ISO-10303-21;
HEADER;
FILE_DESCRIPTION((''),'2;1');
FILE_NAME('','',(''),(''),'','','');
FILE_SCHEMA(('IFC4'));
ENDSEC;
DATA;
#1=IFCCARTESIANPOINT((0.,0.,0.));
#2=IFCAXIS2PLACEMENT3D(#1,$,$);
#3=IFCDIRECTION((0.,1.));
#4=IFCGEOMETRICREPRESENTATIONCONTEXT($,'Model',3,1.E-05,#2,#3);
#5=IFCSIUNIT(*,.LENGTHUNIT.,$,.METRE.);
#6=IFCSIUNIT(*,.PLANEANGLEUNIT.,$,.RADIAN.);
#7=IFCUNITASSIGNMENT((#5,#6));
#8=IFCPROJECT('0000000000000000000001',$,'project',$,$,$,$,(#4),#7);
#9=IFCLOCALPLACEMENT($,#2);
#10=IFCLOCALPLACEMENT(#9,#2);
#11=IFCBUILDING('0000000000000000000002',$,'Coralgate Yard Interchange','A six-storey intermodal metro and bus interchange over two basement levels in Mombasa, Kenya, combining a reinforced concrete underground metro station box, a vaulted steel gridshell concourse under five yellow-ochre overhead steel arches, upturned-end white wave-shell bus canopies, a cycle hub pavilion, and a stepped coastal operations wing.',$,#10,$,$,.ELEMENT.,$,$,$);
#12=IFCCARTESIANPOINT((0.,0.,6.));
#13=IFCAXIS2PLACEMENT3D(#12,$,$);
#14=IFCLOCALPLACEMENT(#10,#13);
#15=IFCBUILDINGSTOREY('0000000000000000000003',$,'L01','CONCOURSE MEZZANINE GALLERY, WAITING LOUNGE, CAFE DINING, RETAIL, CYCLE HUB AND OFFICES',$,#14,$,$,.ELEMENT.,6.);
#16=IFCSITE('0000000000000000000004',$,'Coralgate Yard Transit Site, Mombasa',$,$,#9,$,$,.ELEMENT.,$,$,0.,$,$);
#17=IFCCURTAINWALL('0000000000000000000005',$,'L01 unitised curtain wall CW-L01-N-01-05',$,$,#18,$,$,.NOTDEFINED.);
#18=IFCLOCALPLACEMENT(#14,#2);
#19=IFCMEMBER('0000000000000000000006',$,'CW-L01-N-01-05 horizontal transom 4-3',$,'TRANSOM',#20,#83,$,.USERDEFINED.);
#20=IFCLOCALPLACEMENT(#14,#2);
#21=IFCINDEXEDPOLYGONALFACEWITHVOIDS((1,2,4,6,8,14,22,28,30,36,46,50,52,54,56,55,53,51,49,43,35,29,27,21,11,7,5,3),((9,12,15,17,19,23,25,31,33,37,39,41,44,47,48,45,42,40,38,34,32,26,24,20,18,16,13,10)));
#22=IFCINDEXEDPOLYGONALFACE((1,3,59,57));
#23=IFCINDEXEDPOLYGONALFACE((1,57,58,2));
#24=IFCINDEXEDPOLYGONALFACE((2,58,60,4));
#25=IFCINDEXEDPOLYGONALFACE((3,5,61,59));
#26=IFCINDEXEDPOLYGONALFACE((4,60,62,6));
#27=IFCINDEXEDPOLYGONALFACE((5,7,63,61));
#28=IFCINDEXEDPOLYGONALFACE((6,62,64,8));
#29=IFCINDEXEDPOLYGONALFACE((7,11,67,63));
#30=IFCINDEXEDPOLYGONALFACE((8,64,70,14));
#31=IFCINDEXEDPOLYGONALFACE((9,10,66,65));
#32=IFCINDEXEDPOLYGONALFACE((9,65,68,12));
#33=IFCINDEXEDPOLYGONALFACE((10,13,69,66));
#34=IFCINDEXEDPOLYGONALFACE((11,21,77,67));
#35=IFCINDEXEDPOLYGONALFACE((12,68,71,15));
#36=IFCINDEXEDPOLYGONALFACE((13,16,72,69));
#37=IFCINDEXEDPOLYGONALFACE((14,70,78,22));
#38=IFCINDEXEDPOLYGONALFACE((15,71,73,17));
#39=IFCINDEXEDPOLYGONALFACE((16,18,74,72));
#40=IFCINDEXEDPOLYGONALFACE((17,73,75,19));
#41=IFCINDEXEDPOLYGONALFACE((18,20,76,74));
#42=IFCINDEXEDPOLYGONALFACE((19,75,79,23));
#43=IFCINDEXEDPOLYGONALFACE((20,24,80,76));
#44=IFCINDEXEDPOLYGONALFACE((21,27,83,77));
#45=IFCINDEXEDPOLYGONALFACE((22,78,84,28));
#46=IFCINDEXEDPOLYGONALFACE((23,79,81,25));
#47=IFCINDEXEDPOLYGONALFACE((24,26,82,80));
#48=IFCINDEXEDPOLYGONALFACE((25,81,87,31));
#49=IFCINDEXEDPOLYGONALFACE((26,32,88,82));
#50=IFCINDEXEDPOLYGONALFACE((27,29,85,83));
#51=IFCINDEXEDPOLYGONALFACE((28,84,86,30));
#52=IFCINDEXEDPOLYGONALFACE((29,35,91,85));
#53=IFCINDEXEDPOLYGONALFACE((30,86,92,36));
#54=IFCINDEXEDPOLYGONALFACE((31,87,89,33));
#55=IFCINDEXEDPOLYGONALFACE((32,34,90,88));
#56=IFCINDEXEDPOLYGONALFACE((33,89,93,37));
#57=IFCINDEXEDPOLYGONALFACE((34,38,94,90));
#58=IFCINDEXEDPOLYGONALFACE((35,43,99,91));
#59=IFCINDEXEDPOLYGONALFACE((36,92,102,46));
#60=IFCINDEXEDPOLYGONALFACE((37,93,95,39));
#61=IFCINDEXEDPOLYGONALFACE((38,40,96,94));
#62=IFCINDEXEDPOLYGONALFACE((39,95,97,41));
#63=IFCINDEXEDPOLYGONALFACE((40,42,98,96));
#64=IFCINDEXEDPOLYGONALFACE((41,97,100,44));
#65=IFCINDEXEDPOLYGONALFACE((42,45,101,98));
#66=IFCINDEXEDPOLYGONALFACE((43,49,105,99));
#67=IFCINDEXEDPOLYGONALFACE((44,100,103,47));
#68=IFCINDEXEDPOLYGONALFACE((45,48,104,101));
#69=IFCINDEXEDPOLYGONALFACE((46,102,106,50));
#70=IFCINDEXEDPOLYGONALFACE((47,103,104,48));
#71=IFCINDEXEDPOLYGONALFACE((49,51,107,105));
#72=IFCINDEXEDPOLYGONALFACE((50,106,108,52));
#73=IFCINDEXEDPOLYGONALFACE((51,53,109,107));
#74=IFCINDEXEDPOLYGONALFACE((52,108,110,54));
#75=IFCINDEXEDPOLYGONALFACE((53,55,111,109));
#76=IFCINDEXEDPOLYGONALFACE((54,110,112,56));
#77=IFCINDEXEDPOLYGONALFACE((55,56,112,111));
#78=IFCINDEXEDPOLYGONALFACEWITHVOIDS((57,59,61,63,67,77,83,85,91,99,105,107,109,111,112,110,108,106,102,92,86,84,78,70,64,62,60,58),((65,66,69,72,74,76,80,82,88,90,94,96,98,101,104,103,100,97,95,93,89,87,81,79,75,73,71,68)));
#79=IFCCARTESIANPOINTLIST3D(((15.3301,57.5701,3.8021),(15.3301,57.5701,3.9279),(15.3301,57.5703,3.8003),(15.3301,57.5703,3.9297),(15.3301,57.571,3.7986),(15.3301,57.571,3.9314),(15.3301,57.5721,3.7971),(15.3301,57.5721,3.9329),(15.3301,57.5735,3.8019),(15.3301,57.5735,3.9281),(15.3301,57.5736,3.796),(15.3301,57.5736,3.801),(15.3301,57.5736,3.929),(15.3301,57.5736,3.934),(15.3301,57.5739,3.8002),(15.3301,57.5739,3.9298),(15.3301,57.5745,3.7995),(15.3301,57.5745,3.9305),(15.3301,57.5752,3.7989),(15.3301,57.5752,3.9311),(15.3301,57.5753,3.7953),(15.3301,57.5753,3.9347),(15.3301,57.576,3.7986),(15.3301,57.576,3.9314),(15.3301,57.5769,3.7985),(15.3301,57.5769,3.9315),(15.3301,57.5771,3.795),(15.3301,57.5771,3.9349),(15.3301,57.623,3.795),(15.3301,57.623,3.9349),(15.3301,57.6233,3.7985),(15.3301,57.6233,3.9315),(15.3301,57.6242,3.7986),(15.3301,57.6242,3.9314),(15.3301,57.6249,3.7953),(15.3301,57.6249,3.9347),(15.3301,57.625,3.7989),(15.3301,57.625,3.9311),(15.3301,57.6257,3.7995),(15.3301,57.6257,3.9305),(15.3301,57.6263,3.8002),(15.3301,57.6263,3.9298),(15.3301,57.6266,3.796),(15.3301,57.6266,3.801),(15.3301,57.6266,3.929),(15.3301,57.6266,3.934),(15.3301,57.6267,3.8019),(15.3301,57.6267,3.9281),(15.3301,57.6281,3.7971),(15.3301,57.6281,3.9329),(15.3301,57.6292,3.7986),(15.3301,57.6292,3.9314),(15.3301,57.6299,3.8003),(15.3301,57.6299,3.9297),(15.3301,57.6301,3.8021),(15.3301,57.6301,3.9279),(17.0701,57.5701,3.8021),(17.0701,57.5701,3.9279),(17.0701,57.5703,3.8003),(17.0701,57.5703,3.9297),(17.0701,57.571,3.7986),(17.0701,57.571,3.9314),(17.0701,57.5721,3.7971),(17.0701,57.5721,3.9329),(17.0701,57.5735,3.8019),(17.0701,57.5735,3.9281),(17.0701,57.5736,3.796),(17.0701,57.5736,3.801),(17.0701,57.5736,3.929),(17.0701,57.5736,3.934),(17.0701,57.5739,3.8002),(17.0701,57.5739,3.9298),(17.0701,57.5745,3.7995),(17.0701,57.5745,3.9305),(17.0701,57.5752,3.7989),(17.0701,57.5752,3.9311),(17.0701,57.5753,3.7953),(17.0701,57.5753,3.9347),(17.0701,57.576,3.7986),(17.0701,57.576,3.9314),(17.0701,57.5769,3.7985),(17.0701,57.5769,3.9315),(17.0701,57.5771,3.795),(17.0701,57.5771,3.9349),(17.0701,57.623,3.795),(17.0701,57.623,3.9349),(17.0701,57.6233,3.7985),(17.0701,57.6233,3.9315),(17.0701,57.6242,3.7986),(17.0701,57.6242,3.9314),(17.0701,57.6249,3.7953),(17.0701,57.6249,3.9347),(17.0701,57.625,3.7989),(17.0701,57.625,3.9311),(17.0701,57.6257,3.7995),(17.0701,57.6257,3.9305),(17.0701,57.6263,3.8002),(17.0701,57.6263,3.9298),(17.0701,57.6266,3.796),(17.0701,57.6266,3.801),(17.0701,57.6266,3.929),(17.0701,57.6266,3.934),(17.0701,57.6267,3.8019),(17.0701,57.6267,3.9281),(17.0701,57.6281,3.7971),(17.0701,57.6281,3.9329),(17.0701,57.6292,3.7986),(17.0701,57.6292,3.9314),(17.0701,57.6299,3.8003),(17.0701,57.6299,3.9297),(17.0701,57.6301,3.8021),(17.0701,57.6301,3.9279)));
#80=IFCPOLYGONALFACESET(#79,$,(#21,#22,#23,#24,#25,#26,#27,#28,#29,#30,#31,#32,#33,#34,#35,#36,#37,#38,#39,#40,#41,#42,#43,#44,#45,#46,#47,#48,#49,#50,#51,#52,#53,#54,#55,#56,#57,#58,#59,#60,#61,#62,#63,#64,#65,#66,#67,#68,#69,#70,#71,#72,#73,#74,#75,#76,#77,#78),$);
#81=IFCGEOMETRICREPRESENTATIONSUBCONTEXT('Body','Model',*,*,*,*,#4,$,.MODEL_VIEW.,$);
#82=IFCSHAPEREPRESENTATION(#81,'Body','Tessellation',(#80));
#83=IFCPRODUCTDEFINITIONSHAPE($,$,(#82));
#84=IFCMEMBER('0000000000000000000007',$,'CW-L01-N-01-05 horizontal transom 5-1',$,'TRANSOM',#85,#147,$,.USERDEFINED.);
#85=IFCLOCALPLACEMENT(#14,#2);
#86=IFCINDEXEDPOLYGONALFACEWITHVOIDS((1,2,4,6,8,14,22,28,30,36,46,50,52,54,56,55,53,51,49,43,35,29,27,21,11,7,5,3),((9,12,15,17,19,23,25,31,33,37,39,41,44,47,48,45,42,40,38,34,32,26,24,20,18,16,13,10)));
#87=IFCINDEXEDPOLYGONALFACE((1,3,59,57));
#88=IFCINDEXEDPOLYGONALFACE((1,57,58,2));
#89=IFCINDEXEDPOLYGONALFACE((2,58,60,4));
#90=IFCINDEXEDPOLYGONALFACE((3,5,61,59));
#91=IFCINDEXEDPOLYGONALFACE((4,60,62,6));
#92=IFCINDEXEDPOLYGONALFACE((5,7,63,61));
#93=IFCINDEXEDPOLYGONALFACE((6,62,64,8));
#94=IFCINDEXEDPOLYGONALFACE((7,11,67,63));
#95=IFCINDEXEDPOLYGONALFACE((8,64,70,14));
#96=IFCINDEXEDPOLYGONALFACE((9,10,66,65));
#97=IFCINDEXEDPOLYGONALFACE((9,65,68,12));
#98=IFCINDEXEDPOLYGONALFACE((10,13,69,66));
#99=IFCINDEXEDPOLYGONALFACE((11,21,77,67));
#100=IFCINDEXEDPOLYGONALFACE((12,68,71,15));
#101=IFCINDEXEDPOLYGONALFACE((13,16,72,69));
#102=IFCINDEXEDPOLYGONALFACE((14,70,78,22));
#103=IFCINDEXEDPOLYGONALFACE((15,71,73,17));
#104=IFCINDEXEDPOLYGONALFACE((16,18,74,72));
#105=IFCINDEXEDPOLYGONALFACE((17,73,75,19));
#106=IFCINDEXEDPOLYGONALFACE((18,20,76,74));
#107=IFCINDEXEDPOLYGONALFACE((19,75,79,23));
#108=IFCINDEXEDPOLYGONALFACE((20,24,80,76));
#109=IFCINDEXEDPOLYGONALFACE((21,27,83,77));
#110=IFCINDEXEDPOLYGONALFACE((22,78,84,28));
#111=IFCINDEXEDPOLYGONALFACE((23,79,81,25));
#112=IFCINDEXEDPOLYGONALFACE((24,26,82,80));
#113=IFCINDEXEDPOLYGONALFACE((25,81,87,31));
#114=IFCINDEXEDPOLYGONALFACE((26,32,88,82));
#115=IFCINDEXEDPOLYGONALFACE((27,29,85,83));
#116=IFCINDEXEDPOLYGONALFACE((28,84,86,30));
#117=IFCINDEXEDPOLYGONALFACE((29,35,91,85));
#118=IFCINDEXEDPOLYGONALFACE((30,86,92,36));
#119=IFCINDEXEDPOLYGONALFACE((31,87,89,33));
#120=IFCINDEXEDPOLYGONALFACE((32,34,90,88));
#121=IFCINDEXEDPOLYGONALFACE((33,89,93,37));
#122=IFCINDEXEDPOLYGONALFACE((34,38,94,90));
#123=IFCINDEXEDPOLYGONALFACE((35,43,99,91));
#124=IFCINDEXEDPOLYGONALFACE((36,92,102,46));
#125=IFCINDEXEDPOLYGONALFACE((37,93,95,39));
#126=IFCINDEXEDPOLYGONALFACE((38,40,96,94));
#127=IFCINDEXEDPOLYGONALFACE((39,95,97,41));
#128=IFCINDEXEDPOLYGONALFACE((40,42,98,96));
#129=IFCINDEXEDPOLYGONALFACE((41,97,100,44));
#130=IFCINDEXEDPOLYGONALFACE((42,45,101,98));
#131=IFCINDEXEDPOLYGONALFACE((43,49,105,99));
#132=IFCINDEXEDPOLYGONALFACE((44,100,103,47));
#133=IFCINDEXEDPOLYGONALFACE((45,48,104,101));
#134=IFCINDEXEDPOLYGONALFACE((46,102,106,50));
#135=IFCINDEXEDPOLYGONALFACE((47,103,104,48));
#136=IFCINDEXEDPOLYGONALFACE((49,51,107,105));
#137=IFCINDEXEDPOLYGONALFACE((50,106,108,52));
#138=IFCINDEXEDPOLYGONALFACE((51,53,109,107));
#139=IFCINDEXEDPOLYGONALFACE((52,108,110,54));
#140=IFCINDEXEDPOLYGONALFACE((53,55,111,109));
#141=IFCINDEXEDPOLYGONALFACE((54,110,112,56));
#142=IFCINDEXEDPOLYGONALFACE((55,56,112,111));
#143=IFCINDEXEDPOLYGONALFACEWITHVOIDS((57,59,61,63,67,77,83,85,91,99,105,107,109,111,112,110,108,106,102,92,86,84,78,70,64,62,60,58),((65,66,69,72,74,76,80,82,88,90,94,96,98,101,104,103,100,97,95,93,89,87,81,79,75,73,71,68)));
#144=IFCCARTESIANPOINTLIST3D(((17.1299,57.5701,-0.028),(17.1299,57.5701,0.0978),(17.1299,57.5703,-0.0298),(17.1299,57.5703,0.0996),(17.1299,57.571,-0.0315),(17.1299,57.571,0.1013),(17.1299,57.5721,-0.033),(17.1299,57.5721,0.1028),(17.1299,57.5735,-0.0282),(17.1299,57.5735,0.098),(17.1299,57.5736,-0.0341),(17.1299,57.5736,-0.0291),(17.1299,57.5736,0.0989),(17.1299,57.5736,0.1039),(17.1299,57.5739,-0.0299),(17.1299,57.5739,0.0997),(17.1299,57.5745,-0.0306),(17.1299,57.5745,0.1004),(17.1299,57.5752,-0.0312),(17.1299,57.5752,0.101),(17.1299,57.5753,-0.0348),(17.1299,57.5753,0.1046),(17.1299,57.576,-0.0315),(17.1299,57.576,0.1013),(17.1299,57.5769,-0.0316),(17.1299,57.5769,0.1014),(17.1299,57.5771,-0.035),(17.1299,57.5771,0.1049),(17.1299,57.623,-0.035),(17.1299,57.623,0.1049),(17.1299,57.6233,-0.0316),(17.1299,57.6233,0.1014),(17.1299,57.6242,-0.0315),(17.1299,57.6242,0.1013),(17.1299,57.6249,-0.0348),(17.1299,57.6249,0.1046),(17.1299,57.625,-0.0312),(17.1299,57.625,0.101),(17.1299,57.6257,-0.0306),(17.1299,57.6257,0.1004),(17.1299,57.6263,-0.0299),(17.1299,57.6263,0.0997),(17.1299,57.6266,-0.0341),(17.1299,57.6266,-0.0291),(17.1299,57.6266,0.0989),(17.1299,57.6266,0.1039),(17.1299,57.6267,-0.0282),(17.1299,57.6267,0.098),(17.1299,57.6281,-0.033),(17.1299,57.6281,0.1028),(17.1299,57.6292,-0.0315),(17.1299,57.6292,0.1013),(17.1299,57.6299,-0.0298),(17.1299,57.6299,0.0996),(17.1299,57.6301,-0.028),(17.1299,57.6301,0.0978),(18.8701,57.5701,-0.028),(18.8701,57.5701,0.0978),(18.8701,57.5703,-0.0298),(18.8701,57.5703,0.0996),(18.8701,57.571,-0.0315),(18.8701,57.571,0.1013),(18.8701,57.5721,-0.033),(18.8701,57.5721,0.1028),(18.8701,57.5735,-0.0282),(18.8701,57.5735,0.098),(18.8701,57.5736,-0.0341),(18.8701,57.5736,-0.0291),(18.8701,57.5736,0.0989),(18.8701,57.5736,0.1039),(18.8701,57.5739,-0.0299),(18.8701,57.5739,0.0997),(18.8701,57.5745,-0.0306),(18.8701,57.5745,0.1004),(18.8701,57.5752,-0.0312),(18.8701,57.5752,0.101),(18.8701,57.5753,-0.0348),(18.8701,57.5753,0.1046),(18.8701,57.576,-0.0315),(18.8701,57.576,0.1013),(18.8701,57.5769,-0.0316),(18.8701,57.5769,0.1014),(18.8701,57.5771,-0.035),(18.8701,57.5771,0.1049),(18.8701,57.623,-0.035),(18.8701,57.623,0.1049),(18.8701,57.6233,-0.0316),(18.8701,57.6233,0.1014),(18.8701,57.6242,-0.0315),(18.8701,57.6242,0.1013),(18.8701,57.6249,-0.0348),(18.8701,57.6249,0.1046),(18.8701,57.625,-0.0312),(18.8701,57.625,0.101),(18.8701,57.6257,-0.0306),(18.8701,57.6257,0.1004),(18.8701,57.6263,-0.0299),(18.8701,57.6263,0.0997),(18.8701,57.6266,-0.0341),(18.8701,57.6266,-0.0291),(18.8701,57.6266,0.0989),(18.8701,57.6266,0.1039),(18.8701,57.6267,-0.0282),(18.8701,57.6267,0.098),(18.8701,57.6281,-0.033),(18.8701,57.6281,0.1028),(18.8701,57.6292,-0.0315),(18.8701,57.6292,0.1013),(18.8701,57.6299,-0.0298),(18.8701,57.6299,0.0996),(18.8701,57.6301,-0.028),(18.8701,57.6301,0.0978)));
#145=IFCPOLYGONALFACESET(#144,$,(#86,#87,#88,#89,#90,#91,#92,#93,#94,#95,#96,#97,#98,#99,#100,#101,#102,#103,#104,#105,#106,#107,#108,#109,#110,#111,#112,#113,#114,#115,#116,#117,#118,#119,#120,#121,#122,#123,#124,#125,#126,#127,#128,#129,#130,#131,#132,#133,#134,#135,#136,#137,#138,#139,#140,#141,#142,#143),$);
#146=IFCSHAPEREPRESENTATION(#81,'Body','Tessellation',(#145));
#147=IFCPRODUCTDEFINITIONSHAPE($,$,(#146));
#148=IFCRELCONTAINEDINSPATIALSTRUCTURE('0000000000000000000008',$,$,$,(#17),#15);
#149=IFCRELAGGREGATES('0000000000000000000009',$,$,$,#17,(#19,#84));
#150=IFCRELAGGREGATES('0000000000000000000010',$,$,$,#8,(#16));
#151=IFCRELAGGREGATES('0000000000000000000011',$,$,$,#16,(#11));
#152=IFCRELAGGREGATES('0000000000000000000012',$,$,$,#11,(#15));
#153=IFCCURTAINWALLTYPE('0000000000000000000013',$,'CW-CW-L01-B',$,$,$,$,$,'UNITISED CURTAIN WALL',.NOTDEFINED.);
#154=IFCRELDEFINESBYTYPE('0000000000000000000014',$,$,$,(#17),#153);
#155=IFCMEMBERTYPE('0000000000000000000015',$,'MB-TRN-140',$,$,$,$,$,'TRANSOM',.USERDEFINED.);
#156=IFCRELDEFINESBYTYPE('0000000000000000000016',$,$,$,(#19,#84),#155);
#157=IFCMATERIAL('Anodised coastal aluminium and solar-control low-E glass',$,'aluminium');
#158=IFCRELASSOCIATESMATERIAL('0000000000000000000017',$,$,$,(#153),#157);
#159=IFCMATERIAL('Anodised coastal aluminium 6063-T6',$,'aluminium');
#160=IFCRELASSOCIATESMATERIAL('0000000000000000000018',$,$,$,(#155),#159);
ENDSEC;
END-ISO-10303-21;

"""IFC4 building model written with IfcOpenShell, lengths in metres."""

from ifc_helpers import new_model, si_unit, direction, frame, origin, origin_2d, place, context, subcontext, project, spatial, hollow_rectangle, extrude, material, material_profile, profile_set, type_object, element, aggregate, save


model = new_model("IFC4")

# Units and contexts
model_context = context("Model", 3, precision=1e-05, world=origin(), true_north=direction((0.0, 1.0)))
body_context = subcontext(model_context, "Body", "Model", "MODEL_VIEW")
ifc_project = project(units=[si_unit("LENGTHUNIT", "METRE"), si_unit("PLANEANGLEUNIT", "RADIAN")], contexts=[model_context])

# Site, building, storey
site_placement = place(None, origin())
site = spatial("IfcSite", under=ifc_project, at=site_placement, Name="Coralgate Yard Transit Site, Mombasa", CompositionType="ELEMENT", RefElevation=0.0)
building_placement = place(site_placement, origin())
building = spatial("IfcBuilding", under=site, at=building_placement, Name="Coralgate Yard Interchange", Description="A six-storey intermodal metro and bus interchange over two basement levels in Mombasa, Kenya, combining a reinforced concrete underground metro station box, a vaulted steel gridshell concourse under five yellow-ochre overhead steel arches, upturned-end white wave-shell bus canopies, a cycle hub pavilion, and a stepped coastal operations wing.", CompositionType="ELEMENT")
storey_placement = place(building_placement, frame((0.0, 0.0, 6.0)))
storey = spatial("IfcBuildingStorey", under=building, at=storey_placement, Name="L01", Description="CONCOURSE MEZZANINE GALLERY, WAITING LOUNGE, CAFE DINING, RETAIL, CYCLE HUB AND OFFICES", CompositionType="ELEMENT", Elevation=6.0)

# Curtain wall, members
ifc_material_1 = material(Name="Anodised coastal aluminium and solar-control low-E glass", Category="aluminium")
curtain_wall_type = type_object("IfcCurtainWallType", Name="CW-CW-L01-B", ElementType="UNITISED CURTAIN WALL", PredefinedType="NOTDEFINED", material=ifc_material_1)
curtain_wall_placement = place(storey_placement, origin())
curtain_wall = element("IfcCurtainWall", 1, at=curtain_wall_placement, inside=storey, type_object=curtain_wall_type, Name="L01 unitised curtain wall CW-L01-N-01-05", PredefinedType="NOTDEFINED")
ifc_material_2 = material(Name="Anodised coastal aluminium 6063-T6", Category="aluminium")
ifc_material_profile_1 = material_profile(ifc_material_2, hollow_rectangle(XDim=0.0601, YDim=0.1399, WallThickness=0.0034, InnerFilletRadius=0.0034, OuterFilletRadius=0.0071, at=origin_2d()), Name="ALU 60x140x3.5")
ifc_profile_set_1 = profile_set([ifc_material_profile_1], Name="Anodised coastal aluminium 6063-T6")
member_type_1 = type_object("IfcMemberType", Name="MB-TRN-140", ElementType="TRANSOM", PredefinedType="USERDEFINED", material=ifc_profile_set_1)
member_1_placement = place(storey_placement, frame((15.3301, 57.6001, 3.865), z_axis=(1.0, 0.0, 0.0), x_axis=(0.0, 1.0, 0.0)))
member_1 = element("IfcMember", 2, at=member_1_placement, type_object=member_type_1, Name="CW-L01-N-01-05 horizontal transom 4-3", ObjectType="TRANSOM", PredefinedType="USERDEFINED", context=body_context, shape_type="SweptSolid", body=[
    extrude(hollow_rectangle(XDim=0.0601, YDim=0.1399, WallThickness=0.0034, InnerFilletRadius=0.0034, OuterFilletRadius=0.0071, at=origin_2d()), origin(), (0.0, 0.0, 1.0), 1.74),
])
member_2_placement = place(storey_placement, frame((17.1299, 57.6001, 0.0349), z_axis=(1.0, 0.0, 0.0), x_axis=(0.0, 1.0, 0.0)))
member_2 = element("IfcMember", 3, at=member_2_placement, type_object=member_type_1, Name="CW-L01-N-01-05 horizontal transom 5-1", ObjectType="TRANSOM", PredefinedType="USERDEFINED", context=body_context, shape_type="SweptSolid", body=[
    extrude(hollow_rectangle(XDim=0.0601, YDim=0.1399, WallThickness=0.0034, InnerFilletRadius=0.0034, OuterFilletRadius=0.0071, at=origin_2d()), origin(), (0.0, 0.0, 1.0), 1.7402),
])
aggregate(curtain_wall, [member_1, member_2])

save(model, "model.ifc")
